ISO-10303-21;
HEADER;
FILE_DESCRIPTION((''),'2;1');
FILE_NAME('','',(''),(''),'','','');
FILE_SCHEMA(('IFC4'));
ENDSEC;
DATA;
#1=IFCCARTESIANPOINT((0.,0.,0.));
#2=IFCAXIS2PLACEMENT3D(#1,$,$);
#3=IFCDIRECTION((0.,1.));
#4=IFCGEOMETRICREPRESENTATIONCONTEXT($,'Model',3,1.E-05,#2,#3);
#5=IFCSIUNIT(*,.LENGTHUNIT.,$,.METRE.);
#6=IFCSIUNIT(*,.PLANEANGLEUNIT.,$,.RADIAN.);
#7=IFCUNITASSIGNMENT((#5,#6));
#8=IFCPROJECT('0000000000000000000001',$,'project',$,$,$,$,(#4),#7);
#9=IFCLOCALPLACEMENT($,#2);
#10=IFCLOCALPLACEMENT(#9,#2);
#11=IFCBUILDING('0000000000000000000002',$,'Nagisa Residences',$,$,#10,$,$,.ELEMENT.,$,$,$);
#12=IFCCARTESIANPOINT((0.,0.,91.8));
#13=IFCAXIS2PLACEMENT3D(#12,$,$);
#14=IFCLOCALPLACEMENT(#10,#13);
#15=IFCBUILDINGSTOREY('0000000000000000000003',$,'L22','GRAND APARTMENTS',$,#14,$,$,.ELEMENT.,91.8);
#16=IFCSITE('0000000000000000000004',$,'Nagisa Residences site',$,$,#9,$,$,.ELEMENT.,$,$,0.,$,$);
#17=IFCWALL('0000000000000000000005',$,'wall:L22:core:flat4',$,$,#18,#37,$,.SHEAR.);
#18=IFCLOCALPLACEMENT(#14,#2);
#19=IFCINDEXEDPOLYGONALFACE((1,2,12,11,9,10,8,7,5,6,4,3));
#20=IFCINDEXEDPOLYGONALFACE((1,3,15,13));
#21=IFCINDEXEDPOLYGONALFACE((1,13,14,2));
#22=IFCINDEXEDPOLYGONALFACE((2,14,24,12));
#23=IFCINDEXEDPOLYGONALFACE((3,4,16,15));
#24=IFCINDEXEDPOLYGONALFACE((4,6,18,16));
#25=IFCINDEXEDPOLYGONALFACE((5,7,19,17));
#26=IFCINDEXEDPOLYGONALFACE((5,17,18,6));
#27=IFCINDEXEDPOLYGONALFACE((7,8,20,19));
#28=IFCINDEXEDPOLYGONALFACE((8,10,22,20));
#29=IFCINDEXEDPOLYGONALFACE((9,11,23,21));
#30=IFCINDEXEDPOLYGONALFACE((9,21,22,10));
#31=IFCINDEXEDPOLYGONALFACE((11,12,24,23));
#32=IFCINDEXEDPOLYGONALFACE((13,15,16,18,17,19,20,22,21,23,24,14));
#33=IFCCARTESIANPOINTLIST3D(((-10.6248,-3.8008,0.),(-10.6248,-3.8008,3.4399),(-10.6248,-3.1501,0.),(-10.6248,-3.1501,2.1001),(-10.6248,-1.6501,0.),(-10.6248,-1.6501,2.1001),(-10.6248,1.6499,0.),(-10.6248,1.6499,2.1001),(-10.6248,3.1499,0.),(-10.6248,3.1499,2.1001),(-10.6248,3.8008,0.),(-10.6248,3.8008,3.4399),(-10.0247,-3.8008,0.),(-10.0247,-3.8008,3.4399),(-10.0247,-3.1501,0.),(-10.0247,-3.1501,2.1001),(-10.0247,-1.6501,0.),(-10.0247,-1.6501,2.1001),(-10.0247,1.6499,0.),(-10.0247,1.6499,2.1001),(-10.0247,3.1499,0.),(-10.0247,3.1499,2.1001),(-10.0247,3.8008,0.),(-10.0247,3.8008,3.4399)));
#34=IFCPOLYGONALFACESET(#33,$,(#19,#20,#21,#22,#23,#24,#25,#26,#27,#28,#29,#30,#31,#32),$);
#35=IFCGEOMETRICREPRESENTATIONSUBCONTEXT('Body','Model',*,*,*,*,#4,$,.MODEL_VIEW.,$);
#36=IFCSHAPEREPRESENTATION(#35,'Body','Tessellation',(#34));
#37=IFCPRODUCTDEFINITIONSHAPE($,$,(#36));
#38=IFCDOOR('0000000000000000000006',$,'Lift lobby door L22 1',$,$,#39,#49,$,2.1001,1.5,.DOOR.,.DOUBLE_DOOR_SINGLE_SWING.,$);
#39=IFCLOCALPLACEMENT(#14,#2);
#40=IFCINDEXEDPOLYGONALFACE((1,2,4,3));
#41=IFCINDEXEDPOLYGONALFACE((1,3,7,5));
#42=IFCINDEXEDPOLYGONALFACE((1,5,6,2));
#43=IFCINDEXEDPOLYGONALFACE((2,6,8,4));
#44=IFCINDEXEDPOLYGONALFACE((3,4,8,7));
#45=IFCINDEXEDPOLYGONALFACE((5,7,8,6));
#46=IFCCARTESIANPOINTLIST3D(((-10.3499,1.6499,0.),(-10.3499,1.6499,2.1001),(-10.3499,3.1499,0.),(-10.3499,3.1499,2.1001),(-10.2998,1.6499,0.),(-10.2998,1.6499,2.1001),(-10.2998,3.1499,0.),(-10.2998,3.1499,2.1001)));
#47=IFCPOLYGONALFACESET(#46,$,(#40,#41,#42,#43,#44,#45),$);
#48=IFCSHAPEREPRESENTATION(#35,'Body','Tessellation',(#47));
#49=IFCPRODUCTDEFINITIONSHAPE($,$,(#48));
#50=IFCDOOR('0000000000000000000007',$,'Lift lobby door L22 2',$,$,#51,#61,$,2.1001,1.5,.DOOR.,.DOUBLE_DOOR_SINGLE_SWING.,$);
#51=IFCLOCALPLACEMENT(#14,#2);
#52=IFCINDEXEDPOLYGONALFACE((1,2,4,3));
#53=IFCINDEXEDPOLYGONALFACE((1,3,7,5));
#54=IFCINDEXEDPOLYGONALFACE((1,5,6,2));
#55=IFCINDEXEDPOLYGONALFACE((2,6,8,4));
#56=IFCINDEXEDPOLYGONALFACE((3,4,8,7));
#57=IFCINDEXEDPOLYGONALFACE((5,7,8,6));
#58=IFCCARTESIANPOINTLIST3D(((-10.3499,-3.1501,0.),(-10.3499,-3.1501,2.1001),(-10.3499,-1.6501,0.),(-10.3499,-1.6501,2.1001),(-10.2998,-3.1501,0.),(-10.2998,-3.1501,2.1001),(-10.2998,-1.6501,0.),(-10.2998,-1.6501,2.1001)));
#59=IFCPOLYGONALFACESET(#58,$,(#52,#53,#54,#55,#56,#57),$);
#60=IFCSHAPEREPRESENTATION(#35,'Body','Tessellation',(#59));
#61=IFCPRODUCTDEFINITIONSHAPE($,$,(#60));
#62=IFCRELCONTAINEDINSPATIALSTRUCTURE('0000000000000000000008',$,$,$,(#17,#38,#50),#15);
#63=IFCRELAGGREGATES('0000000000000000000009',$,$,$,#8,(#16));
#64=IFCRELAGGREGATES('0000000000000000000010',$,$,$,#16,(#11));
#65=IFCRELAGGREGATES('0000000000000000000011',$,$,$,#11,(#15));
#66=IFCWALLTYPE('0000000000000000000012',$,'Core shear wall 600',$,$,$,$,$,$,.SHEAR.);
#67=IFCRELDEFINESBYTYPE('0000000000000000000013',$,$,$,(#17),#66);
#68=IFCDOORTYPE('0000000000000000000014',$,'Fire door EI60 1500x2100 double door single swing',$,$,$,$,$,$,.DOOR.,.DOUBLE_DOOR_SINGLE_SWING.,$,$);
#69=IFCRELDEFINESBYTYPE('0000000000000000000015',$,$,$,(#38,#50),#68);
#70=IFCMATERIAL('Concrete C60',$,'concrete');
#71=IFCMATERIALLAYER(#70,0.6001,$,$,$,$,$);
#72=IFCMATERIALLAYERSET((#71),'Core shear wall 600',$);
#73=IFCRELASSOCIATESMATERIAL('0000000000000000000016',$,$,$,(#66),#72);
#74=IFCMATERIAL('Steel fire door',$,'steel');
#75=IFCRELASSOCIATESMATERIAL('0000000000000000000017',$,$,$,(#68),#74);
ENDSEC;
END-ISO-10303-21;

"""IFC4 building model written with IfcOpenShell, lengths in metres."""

from ifc_helpers import new_model, si_unit, direction, frame, frame_2d, origin, place, context, subcontext, project, spatial, rectangle, extrude, material, layer, layer_set, type_object, element, fill, save


model = new_model("IFC4")

# Units and contexts
model_context = context("Model", 3, precision=1e-05, world=origin(), true_north=direction((0.0, 1.0)))
body_context = subcontext(model_context, "Body", "Model", "MODEL_VIEW")
ifc_project = project(units=[si_unit("LENGTHUNIT", "METRE"), si_unit("PLANEANGLEUNIT", "RADIAN")], contexts=[model_context])

# Site, building, storey
site_placement = place(None, origin())
site = spatial("IfcSite", under=ifc_project, at=site_placement, Name="Nagisa Residences site", CompositionType="ELEMENT", RefElevation=0.0)
building_placement = place(site_placement, origin())
building = spatial("IfcBuilding", under=site, at=building_placement, Name="Nagisa Residences", CompositionType="ELEMENT")
storey_placement = place(building_placement, frame((0.0, 0.0, 91.8)))
storey = spatial("IfcBuildingStorey", under=building, at=storey_placement, Name="L22", Description="GRAND APARTMENTS", CompositionType="ELEMENT", Elevation=91.8)

# Wall, openings, doors
ifc_material_1 = material(Name="Concrete C60", Category="concrete")
ifc_layer_1 = layer(ifc_material_1, 0.6001)
ifc_layer_set_1 = layer_set([ifc_layer_1], Name="Core shear wall 600")
wall_type_1 = type_object("IfcWallType", Name="Core shear wall 600", PredefinedType="SHEAR", material=ifc_layer_set_1)
wall_1_placement = place(storey_placement, frame((-10.3247, 3.8008, 0.0), z_axis=(0.0, 0.0, 1.0), x_axis=(0.0, -1.0, 0.0)))
wall_1 = element("IfcWall", 1, at=wall_1_placement, inside=storey, type_object=wall_type_1, Name="wall:L22:core:flat4", PredefinedType="SHEAR", context=body_context, shape_type="SweptSolid", body=[
    extrude(rectangle(XDim=7.6016, YDim=0.6001, at=frame_2d((3.8008, 0.0))), origin(), (0.0, 0.0, 1.0), 3.4399),
])
opening_1_placement = place(wall_1_placement, frame((0.6509, 0.0, 0.0)))
opening_1 = element("IfcOpeningElement", 2, at=opening_1_placement, cuts=wall_1, PredefinedType="OPENING", context=body_context, shape_type="SweptSolid", body=[
    extrude(rectangle(XDim=1.5, YDim=2.1001, at=frame_2d((0.75, 1.05))), frame((0.0, 0.3101, 0.0), z_axis=(0.0, -1.0, 0.0), x_axis=(1.0, 0.0, 0.0)), (0.0, 0.0, 1.0), 0.6201),
])
opening_2_placement = place(wall_1_placement, frame((5.4509, 0.0, 0.0)))
opening_2 = element("IfcOpeningElement", 3, at=opening_2_placement, cuts=wall_1, PredefinedType="OPENING", context=body_context, shape_type="SweptSolid", body=[
    extrude(rectangle(XDim=1.5, YDim=2.1001, at=frame_2d((0.75, 1.05))), frame((0.0, 0.3101, 0.0), z_axis=(0.0, -1.0, 0.0), x_axis=(1.0, 0.0, 0.0)), (0.0, 0.0, 1.0), 0.6201),
])
ifc_material_2 = material(Name="Steel fire door", Category="steel")
door_type_1 = type_object("IfcDoorType", Name="Fire door EI60 1500x2100 double door single swing", OperationType="DOUBLE_DOOR_SINGLE_SWING", PredefinedType="DOOR", material=ifc_material_2)
door_1_placement = place(opening_1_placement, origin())
door_1 = element("IfcDoor", 4, at=door_1_placement, inside=storey, type_object=door_type_1, Name="Lift lobby door L22 1", OperationType="DOUBLE_DOOR_SINGLE_SWING", OverallHeight=2.1001, OverallWidth=1.5, PredefinedType="DOOR", context=body_context, shape_type="SweptSolid", body=[
    extrude(rectangle(XDim=1.5, YDim=2.1001, at=frame_2d((0.75, 1.05))), frame((0.0, 0.0249, 0.0), z_axis=(0.0, -1.0, 0.0), x_axis=(1.0, 0.0, 0.0)), (0.0, 0.0, 1.0), 0.05),
])
fill(opening_1, door_1)
door_2_placement = place(opening_2_placement, origin())
door_2 = element("IfcDoor", 5, at=door_2_placement, inside=storey, type_object=door_type_1, Name="Lift lobby door L22 2", OperationType="DOUBLE_DOOR_SINGLE_SWING", OverallHeight=2.1001, OverallWidth=1.5, PredefinedType="DOOR", context=body_context, shape_type="SweptSolid", body=[
    extrude(rectangle(XDim=1.5, YDim=2.1001, at=frame_2d((0.75, 1.05))), frame((0.0, 0.0249, 0.0), z_axis=(0.0, -1.0, 0.0), x_axis=(1.0, 0.0, 0.0)), (0.0, 0.0, 1.0), 0.05),
])
fill(opening_2, door_2)

save(model, "model.ifc")
